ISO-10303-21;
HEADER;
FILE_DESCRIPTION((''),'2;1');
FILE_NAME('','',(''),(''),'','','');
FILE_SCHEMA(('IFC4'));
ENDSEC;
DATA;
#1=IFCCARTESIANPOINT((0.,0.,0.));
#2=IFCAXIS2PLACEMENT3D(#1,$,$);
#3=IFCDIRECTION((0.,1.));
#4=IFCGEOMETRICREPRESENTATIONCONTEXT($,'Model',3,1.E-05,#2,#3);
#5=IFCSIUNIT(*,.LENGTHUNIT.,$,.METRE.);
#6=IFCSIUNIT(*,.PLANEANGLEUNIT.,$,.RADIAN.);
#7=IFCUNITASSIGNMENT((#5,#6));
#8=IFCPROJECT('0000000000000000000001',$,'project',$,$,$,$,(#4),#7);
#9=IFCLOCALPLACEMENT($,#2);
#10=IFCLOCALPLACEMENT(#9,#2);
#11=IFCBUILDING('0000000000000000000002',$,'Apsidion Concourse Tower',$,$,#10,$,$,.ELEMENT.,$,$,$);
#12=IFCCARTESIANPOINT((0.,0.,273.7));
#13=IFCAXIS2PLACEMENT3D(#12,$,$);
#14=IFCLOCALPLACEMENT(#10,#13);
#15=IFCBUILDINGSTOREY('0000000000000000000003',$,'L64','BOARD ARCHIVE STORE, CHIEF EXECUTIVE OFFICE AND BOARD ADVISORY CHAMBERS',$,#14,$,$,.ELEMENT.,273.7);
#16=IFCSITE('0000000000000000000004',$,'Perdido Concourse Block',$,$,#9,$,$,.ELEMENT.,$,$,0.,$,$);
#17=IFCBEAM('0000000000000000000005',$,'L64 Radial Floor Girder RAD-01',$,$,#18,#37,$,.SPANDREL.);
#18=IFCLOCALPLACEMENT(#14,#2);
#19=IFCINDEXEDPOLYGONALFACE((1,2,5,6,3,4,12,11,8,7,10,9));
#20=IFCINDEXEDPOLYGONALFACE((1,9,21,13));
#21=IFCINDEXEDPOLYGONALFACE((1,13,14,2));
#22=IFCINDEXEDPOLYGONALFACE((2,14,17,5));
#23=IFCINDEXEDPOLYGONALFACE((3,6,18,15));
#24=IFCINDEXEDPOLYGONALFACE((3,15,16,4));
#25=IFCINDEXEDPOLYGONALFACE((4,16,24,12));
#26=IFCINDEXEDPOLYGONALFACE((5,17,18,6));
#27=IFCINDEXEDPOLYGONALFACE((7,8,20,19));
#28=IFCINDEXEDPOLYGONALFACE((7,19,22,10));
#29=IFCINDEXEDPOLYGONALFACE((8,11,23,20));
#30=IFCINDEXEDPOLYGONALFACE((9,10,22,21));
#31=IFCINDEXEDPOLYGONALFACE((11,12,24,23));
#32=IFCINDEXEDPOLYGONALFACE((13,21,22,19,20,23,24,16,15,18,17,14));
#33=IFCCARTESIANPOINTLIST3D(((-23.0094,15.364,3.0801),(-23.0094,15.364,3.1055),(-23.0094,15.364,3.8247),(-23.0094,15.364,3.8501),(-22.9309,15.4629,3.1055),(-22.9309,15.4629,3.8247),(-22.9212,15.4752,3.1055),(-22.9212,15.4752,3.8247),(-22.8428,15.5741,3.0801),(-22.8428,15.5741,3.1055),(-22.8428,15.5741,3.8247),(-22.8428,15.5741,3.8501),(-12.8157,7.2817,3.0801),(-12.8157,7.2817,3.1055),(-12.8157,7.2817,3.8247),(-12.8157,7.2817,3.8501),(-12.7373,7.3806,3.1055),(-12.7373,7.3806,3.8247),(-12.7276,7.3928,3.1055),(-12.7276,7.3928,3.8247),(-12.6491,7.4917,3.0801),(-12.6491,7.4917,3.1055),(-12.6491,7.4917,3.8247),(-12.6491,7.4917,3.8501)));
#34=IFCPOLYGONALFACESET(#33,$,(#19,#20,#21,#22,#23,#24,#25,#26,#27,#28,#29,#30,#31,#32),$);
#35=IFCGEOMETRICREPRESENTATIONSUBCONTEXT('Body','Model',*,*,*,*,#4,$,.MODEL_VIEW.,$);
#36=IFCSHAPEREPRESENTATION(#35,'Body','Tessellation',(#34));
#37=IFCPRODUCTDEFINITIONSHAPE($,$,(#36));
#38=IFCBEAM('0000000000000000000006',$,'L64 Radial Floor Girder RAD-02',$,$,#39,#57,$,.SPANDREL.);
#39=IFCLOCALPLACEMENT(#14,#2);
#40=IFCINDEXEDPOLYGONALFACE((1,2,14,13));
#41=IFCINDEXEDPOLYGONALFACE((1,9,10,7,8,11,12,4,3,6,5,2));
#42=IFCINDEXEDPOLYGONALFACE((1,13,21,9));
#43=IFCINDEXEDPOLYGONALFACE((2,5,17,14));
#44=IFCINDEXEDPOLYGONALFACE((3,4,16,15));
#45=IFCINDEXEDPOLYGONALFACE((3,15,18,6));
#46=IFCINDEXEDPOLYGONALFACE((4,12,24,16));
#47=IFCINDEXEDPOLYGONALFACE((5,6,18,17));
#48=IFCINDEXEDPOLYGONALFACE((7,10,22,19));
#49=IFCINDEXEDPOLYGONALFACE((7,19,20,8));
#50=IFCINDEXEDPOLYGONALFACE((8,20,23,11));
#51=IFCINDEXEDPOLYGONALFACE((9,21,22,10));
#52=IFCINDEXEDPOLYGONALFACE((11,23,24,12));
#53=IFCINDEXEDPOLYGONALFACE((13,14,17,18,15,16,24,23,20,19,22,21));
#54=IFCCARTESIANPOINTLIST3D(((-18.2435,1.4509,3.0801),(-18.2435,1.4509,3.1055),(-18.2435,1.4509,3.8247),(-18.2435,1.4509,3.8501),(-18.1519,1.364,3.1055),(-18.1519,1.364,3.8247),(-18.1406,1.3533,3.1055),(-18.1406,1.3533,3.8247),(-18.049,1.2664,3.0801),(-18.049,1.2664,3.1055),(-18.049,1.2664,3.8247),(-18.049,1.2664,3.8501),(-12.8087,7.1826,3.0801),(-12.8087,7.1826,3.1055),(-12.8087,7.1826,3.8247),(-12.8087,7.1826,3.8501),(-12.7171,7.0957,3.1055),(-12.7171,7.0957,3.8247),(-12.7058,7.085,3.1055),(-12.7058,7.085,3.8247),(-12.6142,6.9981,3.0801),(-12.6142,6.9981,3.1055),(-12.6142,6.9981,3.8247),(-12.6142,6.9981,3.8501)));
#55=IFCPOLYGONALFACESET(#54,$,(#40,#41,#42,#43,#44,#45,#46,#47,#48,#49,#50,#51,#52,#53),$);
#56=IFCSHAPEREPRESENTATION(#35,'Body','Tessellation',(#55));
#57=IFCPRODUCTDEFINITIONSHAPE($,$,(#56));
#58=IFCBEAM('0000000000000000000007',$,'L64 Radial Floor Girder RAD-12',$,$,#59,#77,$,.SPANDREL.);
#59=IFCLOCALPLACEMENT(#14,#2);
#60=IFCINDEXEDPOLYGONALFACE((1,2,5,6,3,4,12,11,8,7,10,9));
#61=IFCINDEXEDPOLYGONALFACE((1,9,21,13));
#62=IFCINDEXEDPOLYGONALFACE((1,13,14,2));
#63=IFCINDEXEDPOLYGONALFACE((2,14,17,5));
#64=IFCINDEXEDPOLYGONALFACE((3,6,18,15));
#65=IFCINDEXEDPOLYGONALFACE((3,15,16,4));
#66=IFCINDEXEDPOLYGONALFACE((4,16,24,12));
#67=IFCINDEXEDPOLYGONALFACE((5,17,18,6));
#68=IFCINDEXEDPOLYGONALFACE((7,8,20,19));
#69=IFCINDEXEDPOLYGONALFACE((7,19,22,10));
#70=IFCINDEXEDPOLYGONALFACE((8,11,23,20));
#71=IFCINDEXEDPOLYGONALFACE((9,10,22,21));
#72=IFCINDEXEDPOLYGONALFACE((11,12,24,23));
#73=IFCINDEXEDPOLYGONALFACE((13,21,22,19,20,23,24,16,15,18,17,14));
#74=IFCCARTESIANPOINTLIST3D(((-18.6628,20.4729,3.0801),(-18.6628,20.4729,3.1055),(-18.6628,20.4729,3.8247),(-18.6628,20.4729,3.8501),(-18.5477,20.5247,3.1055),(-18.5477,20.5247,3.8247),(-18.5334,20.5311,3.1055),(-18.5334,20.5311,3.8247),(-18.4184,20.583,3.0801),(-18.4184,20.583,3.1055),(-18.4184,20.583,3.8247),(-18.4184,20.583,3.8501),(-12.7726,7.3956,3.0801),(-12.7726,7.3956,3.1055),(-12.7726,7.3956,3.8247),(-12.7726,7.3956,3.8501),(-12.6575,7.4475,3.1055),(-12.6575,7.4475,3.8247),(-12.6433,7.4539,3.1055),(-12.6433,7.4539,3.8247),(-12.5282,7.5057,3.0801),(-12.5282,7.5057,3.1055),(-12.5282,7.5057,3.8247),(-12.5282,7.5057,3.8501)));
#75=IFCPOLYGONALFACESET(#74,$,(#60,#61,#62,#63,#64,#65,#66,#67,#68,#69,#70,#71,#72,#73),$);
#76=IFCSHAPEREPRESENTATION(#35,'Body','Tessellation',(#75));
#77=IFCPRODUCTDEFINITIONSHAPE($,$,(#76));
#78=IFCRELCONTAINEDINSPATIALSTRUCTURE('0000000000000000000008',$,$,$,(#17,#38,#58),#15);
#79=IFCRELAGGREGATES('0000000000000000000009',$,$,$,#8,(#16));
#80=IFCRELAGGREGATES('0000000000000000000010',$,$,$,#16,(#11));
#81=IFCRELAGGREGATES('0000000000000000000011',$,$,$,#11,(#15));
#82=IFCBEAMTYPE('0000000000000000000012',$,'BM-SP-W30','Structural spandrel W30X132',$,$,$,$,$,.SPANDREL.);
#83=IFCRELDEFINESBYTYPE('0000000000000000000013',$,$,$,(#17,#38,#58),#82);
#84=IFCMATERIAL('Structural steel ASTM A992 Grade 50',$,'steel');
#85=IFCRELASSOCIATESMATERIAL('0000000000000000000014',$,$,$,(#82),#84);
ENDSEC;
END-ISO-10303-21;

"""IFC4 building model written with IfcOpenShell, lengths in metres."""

from ifc_helpers import new_model, si_unit, direction, frame, origin, origin_2d, place, context, subcontext, project, spatial, i_section, extrude, material, material_profile, profile_set, type_object, element, save


model = new_model("IFC4")

# Units and contexts
model_context = context("Model", 3, precision=1e-05, world=origin(), true_north=direction((0.0, 1.0)))
body_context = subcontext(model_context, "Body", "Model", "MODEL_VIEW")
ifc_project = project(units=[si_unit("LENGTHUNIT", "METRE"), si_unit("PLANEANGLEUNIT", "RADIAN")], contexts=[model_context])

# Site, building, storey
site_placement = place(None, origin())
site = spatial("IfcSite", under=ifc_project, at=site_placement, Name="Perdido Concourse Block", CompositionType="ELEMENT", RefElevation=0.0)
building_placement = place(site_placement, origin())
building = spatial("IfcBuilding", under=site, at=building_placement, Name="Apsidion Concourse Tower", CompositionType="ELEMENT")
storey_placement = place(building_placement, frame((0.0, 0.0, 273.7)))
storey = spatial("IfcBuildingStorey", under=building, at=storey_placement, Name="L64", Description="BOARD ARCHIVE STORE, CHIEF EXECUTIVE OFFICE AND BOARD ADVISORY CHAMBERS", CompositionType="ELEMENT", Elevation=273.7)

# Shared definitions
ifc_material_1 = material(Name="Structural steel ASTM A992 Grade 50", Category="steel")

# Beams
ifc_material_profile_1 = material_profile(ifc_material_1, i_section(OverallWidth=0.2681, OverallDepth=0.77, WebThickness=0.0156, FlangeThickness=0.0254, at=origin_2d()), Name="W30X132")
ifc_profile_set_1 = profile_set([ifc_material_profile_1], Name="Structural steel ASTM A992 Grade 50")
beam_type_1 = type_object("IfcBeamType", Name="BM-SP-W30", Description="Structural spandrel W30X132", PredefinedType="SPANDREL", material=ifc_profile_set_1)
beam_1_placement = place(storey_placement, frame((-12.7324, 7.3867, 3.4651), z_axis=(-0.783584, 0.621286, 0.0), x_axis=(-0.621286, -0.783584, 0.0)))
element("IfcBeam", 1, at=beam_1_placement, inside=storey, type_object=beam_type_1, Name="L64 Radial Floor Girder RAD-01", PredefinedType="SPANDREL", context=body_context, shape_type="SweptSolid", body=[
    extrude(i_section(OverallWidth=0.2681, OverallDepth=0.77, WebThickness=0.0156, FlangeThickness=0.0254, at=origin_2d()), origin(), (0.0, 0.0, 1.0), 13.009),
])
beam_2_placement = place(storey_placement, frame((-12.7114, 7.0903, 3.4651), z_axis=(-0.688064, -0.72565, 0.0), x_axis=(0.72565, -0.688064, 0.0)))
element("IfcBeam", 2, at=beam_2_placement, inside=storey, type_object=beam_type_1, Name="L64 Radial Floor Girder RAD-02", PredefinedType="SPANDREL", context=body_context, shape_type="SweptSolid", body=[
    extrude(i_section(OverallWidth=0.2681, OverallDepth=0.77, WebThickness=0.0156, FlangeThickness=0.0254, at=origin_2d()), origin(), (0.0, 0.0, 1.0), 7.8987),
])
beam_3_placement = place(storey_placement, frame((-12.6504, 7.4507, 3.4651), z_axis=(-0.410679, 0.91178, 0.0), x_axis=(-0.91178, -0.410679, 0.0)))
element("IfcBeam", 3, at=beam_3_placement, inside=storey, type_object=beam_type_1, Name="L64 Radial Floor Girder RAD-12", PredefinedType="SPANDREL", context=body_context, shape_type="SweptSolid", body=[
    extrude(i_section(OverallWidth=0.2681, OverallDepth=0.77, WebThickness=0.0156, FlangeThickness=0.0254, at=origin_2d()), origin(), (0.0, 0.0, 1.0), 14.3425),
])

save(model, "model.ifc")
